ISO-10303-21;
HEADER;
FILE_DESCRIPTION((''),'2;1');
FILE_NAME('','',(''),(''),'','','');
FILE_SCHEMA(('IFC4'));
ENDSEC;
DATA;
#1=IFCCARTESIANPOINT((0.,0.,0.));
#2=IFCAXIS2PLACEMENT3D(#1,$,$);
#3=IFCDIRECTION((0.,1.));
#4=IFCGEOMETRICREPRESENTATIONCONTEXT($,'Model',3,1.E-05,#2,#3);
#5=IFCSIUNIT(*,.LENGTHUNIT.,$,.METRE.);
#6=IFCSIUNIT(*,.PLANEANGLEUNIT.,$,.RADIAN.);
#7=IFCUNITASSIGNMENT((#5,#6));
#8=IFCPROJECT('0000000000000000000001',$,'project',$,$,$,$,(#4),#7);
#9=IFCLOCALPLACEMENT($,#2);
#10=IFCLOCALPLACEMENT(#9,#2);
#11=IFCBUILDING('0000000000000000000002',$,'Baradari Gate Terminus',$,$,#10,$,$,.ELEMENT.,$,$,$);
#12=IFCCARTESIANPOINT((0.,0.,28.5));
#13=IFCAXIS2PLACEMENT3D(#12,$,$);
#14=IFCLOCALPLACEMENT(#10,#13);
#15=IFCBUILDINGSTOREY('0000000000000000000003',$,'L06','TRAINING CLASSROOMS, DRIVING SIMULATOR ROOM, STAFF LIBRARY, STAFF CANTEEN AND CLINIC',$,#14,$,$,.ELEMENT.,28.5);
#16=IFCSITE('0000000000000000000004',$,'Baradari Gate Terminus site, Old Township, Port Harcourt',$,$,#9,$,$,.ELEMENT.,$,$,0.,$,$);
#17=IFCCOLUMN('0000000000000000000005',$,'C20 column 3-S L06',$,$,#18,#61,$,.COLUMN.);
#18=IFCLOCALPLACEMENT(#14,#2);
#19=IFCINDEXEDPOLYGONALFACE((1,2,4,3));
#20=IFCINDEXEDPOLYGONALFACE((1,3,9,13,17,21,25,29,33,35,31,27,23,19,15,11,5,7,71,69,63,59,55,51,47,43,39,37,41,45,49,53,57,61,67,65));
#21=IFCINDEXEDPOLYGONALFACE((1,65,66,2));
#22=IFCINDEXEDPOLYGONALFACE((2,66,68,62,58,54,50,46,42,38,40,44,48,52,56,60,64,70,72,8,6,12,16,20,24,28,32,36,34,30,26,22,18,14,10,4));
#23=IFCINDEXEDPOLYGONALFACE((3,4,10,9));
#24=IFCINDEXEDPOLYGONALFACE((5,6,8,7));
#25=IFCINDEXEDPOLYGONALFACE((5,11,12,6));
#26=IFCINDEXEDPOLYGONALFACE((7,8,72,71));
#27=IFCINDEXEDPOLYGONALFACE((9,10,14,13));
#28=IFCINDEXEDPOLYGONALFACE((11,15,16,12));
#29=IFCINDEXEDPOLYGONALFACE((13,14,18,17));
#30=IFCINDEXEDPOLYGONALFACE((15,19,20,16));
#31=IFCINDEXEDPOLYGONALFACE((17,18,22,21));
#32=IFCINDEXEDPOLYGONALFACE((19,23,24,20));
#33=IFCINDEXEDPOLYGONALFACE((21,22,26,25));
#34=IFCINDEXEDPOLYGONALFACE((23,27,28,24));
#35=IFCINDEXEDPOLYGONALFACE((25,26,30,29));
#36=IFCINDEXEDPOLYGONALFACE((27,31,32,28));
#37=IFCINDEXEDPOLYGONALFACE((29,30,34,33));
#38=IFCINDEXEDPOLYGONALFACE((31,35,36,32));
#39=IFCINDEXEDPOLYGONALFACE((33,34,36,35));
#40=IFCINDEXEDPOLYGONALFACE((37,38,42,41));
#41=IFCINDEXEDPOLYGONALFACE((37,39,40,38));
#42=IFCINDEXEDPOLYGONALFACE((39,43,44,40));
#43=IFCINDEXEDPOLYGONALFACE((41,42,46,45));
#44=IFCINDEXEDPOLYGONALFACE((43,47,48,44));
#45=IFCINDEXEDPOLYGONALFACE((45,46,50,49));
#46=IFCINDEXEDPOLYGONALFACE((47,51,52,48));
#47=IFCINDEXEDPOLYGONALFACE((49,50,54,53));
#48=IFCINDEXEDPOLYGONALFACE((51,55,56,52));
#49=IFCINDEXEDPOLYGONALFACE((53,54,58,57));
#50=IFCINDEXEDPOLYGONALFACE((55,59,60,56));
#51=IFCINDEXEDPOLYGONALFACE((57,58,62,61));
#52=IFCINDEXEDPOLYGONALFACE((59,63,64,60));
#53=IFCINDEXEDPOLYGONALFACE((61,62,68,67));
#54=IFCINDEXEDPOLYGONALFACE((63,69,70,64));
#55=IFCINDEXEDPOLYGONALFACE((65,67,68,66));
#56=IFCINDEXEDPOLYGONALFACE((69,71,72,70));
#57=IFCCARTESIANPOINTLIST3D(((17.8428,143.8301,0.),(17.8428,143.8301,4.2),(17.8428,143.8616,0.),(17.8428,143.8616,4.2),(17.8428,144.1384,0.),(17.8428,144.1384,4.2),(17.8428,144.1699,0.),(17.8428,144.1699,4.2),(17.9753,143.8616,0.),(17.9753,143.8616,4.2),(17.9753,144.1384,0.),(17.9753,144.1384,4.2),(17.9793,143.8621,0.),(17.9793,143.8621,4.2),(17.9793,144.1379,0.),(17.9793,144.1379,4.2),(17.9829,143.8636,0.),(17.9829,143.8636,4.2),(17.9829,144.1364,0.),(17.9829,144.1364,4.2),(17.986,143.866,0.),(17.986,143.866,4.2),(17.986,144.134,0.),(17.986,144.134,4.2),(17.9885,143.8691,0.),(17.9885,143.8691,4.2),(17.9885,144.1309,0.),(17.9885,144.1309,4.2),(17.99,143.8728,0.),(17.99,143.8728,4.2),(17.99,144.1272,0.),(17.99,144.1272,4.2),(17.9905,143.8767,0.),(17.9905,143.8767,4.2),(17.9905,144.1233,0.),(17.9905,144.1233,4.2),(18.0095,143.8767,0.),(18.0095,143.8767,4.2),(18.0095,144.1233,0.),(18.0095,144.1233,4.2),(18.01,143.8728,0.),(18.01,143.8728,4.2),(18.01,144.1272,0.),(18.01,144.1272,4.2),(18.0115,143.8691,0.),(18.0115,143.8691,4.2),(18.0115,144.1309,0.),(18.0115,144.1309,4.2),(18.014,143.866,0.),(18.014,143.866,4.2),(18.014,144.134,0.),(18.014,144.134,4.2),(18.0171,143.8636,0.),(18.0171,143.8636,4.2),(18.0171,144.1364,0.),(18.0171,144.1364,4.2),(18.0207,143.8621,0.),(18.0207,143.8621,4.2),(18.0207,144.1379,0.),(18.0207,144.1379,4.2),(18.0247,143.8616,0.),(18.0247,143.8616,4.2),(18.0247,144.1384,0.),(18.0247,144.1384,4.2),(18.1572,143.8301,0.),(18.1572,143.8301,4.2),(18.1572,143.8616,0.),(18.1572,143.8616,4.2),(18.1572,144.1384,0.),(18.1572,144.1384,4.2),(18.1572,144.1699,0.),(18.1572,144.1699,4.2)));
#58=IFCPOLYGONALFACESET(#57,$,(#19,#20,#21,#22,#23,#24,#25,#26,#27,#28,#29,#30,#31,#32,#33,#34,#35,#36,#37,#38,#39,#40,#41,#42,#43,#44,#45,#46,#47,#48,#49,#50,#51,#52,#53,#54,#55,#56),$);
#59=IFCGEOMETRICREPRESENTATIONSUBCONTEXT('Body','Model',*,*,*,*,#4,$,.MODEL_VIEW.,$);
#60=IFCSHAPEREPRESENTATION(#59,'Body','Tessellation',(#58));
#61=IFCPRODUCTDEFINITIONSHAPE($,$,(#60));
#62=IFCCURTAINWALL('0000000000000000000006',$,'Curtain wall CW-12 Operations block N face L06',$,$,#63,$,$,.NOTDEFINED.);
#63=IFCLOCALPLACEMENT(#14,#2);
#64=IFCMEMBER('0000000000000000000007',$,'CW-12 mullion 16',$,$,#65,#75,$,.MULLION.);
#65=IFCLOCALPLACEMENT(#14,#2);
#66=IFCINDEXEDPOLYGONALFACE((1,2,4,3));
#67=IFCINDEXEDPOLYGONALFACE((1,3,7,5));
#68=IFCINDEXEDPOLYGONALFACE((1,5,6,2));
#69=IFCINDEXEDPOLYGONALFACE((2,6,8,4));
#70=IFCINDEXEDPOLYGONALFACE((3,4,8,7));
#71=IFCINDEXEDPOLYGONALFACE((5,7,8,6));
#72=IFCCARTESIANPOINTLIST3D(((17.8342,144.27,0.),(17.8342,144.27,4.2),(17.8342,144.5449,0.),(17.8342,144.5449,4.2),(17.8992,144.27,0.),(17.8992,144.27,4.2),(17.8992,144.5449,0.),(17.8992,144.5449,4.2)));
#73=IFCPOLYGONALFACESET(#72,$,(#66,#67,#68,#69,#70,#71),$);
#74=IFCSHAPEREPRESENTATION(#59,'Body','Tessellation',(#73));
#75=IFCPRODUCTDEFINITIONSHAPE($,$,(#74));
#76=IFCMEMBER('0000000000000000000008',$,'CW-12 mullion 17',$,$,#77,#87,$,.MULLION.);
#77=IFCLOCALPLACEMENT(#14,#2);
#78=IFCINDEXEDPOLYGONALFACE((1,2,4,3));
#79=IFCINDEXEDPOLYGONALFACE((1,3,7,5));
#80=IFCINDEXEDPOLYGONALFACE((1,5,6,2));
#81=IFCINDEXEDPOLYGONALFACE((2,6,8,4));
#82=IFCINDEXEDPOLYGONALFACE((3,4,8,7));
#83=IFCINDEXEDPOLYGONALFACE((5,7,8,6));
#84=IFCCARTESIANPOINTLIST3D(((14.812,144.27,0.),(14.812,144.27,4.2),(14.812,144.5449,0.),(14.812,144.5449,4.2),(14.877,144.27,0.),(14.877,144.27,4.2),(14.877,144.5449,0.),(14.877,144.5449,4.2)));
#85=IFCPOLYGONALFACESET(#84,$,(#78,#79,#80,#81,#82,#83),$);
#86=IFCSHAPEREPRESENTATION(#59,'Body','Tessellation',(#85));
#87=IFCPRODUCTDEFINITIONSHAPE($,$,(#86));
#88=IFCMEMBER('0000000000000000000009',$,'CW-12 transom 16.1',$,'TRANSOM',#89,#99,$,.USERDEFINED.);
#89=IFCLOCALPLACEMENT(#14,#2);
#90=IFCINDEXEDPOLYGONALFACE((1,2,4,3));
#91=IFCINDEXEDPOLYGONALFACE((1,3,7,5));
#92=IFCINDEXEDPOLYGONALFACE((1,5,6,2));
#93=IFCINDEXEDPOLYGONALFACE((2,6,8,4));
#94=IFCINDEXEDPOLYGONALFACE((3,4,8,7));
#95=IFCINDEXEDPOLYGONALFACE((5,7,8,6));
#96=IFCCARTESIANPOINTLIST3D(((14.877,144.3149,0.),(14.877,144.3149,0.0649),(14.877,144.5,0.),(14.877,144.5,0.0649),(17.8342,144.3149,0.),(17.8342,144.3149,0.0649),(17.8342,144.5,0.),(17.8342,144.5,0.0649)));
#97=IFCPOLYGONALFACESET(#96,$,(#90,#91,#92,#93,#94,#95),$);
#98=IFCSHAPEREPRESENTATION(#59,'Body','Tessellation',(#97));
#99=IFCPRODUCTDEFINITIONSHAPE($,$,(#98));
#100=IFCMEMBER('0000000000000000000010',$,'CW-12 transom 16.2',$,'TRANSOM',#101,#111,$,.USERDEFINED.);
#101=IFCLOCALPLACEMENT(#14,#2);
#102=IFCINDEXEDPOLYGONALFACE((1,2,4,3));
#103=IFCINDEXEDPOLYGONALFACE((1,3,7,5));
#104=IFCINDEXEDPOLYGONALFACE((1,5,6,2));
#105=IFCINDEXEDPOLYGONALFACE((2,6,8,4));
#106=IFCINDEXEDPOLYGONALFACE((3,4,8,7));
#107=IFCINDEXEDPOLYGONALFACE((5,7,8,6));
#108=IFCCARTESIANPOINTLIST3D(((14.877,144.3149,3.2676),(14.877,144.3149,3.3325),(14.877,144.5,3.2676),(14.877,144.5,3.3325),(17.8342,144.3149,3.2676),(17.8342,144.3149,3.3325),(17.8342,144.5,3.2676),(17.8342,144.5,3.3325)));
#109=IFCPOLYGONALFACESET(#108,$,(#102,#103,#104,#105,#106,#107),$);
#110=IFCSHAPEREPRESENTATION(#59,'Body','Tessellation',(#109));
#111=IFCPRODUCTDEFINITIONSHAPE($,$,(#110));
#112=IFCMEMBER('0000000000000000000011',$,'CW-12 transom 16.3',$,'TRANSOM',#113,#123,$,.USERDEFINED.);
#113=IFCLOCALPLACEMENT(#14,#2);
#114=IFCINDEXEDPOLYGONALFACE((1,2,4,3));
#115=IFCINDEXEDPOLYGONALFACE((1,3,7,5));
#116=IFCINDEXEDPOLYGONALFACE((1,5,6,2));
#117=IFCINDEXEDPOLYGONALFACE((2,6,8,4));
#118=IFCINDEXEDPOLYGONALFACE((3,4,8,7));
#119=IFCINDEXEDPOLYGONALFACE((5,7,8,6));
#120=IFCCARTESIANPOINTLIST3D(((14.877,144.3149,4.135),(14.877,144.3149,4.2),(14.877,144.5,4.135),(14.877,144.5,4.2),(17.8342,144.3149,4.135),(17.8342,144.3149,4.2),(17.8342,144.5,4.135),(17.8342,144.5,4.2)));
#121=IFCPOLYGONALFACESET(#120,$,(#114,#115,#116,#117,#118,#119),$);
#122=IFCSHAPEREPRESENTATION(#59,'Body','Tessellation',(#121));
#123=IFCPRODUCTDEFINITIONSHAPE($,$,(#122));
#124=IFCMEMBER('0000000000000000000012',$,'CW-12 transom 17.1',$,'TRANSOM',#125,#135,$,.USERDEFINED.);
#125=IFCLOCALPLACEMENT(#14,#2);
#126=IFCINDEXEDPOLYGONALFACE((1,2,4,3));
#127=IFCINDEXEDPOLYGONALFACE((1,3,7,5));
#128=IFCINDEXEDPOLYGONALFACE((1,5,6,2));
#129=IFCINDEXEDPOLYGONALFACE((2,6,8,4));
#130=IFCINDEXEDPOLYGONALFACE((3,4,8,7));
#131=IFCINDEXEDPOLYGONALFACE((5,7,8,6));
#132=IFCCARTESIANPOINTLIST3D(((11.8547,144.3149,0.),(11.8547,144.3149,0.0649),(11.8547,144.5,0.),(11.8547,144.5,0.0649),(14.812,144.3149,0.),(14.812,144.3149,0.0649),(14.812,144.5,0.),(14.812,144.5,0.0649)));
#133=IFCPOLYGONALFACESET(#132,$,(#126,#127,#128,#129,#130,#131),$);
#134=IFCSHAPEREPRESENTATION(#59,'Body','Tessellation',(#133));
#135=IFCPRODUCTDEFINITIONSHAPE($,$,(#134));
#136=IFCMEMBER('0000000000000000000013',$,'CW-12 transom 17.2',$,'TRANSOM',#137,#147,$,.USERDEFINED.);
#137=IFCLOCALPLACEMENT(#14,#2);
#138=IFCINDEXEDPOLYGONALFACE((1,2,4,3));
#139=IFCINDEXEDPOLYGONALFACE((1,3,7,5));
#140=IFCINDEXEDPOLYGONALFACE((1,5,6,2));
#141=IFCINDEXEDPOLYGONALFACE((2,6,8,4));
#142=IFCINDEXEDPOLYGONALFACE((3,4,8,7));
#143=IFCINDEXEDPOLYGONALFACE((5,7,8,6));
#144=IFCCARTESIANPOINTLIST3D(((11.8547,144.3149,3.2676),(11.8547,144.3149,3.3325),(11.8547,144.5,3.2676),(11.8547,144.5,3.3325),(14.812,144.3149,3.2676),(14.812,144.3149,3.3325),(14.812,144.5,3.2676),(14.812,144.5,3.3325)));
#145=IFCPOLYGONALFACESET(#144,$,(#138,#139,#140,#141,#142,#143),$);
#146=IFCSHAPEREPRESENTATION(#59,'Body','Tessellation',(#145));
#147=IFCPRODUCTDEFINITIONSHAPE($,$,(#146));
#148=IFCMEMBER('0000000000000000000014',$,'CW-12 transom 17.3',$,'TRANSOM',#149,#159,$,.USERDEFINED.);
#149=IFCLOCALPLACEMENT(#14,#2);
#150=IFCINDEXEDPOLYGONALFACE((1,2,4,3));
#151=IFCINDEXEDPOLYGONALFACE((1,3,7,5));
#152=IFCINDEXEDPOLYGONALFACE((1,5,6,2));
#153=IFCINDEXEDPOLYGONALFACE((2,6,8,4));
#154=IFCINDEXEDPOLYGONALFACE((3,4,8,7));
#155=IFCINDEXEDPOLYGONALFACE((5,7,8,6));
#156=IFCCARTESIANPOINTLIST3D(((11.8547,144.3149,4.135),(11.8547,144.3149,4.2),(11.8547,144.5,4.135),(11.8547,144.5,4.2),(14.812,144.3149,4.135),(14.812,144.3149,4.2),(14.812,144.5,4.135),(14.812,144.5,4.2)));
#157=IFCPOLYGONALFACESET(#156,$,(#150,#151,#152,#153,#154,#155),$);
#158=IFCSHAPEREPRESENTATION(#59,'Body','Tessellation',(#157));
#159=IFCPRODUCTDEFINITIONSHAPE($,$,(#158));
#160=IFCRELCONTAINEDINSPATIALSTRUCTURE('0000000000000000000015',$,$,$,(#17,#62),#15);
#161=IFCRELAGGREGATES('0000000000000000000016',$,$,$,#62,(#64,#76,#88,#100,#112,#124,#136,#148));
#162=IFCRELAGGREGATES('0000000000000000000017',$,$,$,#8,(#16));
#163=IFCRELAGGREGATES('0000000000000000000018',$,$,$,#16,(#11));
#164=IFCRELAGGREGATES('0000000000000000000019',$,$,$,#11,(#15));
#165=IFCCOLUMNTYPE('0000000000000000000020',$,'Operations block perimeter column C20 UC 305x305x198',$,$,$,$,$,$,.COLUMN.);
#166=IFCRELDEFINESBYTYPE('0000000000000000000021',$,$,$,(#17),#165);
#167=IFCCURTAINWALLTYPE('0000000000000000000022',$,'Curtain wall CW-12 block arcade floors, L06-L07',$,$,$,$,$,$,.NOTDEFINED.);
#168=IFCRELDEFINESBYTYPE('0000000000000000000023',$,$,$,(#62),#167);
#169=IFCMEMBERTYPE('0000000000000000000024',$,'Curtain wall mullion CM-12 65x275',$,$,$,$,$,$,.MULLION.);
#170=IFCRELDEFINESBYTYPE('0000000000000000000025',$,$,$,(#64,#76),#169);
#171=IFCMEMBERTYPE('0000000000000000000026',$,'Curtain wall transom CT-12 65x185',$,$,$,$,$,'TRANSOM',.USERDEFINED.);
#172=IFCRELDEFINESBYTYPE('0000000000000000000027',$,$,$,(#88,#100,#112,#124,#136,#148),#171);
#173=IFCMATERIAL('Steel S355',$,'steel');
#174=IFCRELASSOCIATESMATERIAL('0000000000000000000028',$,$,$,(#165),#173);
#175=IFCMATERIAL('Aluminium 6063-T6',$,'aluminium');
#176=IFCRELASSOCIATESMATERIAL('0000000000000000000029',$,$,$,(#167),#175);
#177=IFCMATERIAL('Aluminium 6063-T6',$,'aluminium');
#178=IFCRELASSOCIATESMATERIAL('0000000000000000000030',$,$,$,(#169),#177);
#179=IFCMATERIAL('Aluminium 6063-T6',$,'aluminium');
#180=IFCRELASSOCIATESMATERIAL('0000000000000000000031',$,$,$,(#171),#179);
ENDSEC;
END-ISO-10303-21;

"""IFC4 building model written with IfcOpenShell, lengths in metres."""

from ifc_helpers import new_model, si_unit, direction, frame, origin, origin_2d, place, context, subcontext, project, spatial, rectangle, i_section, extrude, material, material_profile, profile_set, type_object, element, aggregate, save


model = new_model("IFC4")

# Units and contexts
model_context = context("Model", 3, precision=1e-05, world=origin(), true_north=direction((0.0, 1.0)))
body_context = subcontext(model_context, "Body", "Model", "MODEL_VIEW")
ifc_project = project(units=[si_unit("LENGTHUNIT", "METRE"), si_unit("PLANEANGLEUNIT", "RADIAN")], contexts=[model_context])

# Site, building, storey
site_placement = place(None, origin())
site = spatial("IfcSite", under=ifc_project, at=site_placement, Name="Baradari Gate Terminus site, Old Township, Port Harcourt", CompositionType="ELEMENT", RefElevation=0.0)
building_placement = place(site_placement, origin())
building = spatial("IfcBuilding", under=site, at=building_placement, Name="Baradari Gate Terminus", CompositionType="ELEMENT")
storey_placement = place(building_placement, frame((0.0, 0.0, 28.5)))
storey = spatial("IfcBuildingStorey", under=building, at=storey_placement, Name="L06", Description="TRAINING CLASSROOMS, DRIVING SIMULATOR ROOM, STAFF LIBRARY, STAFF CANTEEN AND CLINIC", CompositionType="ELEMENT", Elevation=28.5)

# Column
ifc_material_1 = material(Name="Steel S355", Category="steel")
ifc_material_profile_1 = material_profile(ifc_material_1, i_section(OverallWidth=0.3145, OverallDepth=0.3398, WebThickness=0.019, FlangeThickness=0.0315, FilletRadius=0.0151, at=origin_2d()), Name="UC 305x305x198")
ifc_profile_set_1 = profile_set([ifc_material_profile_1], Name="Steel S355")
column_type = type_object("IfcColumnType", Name="Operations block perimeter column C20 UC 305x305x198", PredefinedType="COLUMN", material=ifc_profile_set_1)
column_placement = place(storey_placement, frame((18.0, 144.0, 0.0), z_axis=(0.0, 0.0, 1.0), x_axis=(1.0, 0.0, 0.0)))
element("IfcColumn", 1, at=column_placement, inside=storey, type_object=column_type, Name="C20 column 3-S L06", PredefinedType="COLUMN", context=body_context, shape_type="SweptSolid", body=[
    extrude(i_section(OverallWidth=0.3145, OverallDepth=0.3398, WebThickness=0.019, FlangeThickness=0.0315, FilletRadius=0.0151, at=origin_2d()), origin(), (0.0, 0.0, 1.0), 4.2),
])

# Curtain wall, members
ifc_material_2 = material(Name="Aluminium 6063-T6", Category="aluminium")
curtain_wall_type = type_object("IfcCurtainWallType", Name="Curtain wall CW-12 block arcade floors, L06-L07", PredefinedType="NOTDEFINED", material=ifc_material_2)
curtain_wall_placement = place(storey_placement, origin())
curtain_wall = element("IfcCurtainWall", 2, at=curtain_wall_placement, inside=storey, type_object=curtain_wall_type, Name="Curtain wall CW-12 Operations block N face L06", PredefinedType="NOTDEFINED")
ifc_material_3 = material(Name="Aluminium 6063-T6", Category="aluminium")
ifc_material_profile_2 = material_profile(ifc_material_3, rectangle(XDim=0.2749, YDim=0.0649, at=origin_2d()), Name="CM-12 65X275")
ifc_profile_set_2 = profile_set([ifc_material_profile_2], Name="Aluminium 6063-T6")
member_type_1 = type_object("IfcMemberType", Name="Curtain wall mullion CM-12 65x275", PredefinedType="MULLION", material=ifc_profile_set_2)
member_1_placement = place(storey_placement, frame((17.8667, 144.4075, 0.0), z_axis=(0.0, 0.0, 1.0), x_axis=(0.0, -1.0, 0.0)))
member_1 = element("IfcMember", 3, at=member_1_placement, type_object=member_type_1, Name="CW-12 mullion 16", PredefinedType="MULLION", context=body_context, shape_type="SweptSolid", body=[
    extrude(rectangle(XDim=0.2749, YDim=0.0649, at=origin_2d()), origin(), (0.0, 0.0, 1.0), 4.2),
])
member_2_placement = place(storey_placement, frame((14.8445, 144.4075, 0.0), z_axis=(0.0, 0.0, 1.0), x_axis=(0.0, -1.0, 0.0)))
member_2 = element("IfcMember", 4, at=member_2_placement, type_object=member_type_1, Name="CW-12 mullion 17", PredefinedType="MULLION", context=body_context, shape_type="SweptSolid", body=[
    extrude(rectangle(XDim=0.2749, YDim=0.0649, at=origin_2d()), origin(), (0.0, 0.0, 1.0), 4.2),
])
ifc_material_4 = material(Name="Aluminium 6063-T6", Category="aluminium")
ifc_material_profile_3 = material_profile(ifc_material_4, rectangle(XDim=0.1851, YDim=0.0649, at=origin_2d()), Name="CT-12 65X185")
ifc_profile_set_3 = profile_set([ifc_material_profile_3], Name="Aluminium 6063-T6")
member_type_2 = type_object("IfcMemberType", Name="Curtain wall transom CT-12 65x185", ElementType="TRANSOM", PredefinedType="USERDEFINED", material=ifc_profile_set_3)
member_3_placement = place(storey_placement, frame((17.8342, 144.4075, 0.0325), z_axis=(-1.0, 0.0, 0.0), x_axis=(0.0, -1.0, 0.0)))
member_3 = element("IfcMember", 5, at=member_3_placement, type_object=member_type_2, Name="CW-12 transom 16.1", ObjectType="TRANSOM", PredefinedType="USERDEFINED", context=body_context, shape_type="SweptSolid", body=[
    extrude(rectangle(XDim=0.1851, YDim=0.0649, at=origin_2d()), origin(), (0.0, 0.0, 1.0), 2.9573),
])
member_4_placement = place(storey_placement, frame((17.8342, 144.4075, 3.3), z_axis=(-1.0, 0.0, 0.0), x_axis=(0.0, -1.0, 0.0)))
member_4 = element("IfcMember", 6, at=member_4_placement, type_object=member_type_2, Name="CW-12 transom 16.2", ObjectType="TRANSOM", PredefinedType="USERDEFINED", context=body_context, shape_type="SweptSolid", body=[
    extrude(rectangle(XDim=0.1851, YDim=0.0649, at=origin_2d()), origin(), (0.0, 0.0, 1.0), 2.9573),
])
member_5_placement = place(storey_placement, frame((17.8342, 144.4075, 4.1675), z_axis=(-1.0, 0.0, 0.0), x_axis=(0.0, -1.0, 0.0)))
member_5 = element("IfcMember", 7, at=member_5_placement, type_object=member_type_2, Name="CW-12 transom 16.3", ObjectType="TRANSOM", PredefinedType="USERDEFINED", context=body_context, shape_type="SweptSolid", body=[
    extrude(rectangle(XDim=0.1851, YDim=0.0649, at=origin_2d()), origin(), (0.0, 0.0, 1.0), 2.9573),
])
member_6_placement = place(storey_placement, frame((14.812, 144.4075, 0.0325), z_axis=(-1.0, 0.0, 0.0), x_axis=(0.0, -1.0, 0.0)))
member_6 = element("IfcMember", 8, at=member_6_placement, type_object=member_type_2, Name="CW-12 transom 17.1", ObjectType="TRANSOM", PredefinedType="USERDEFINED", context=body_context, shape_type="SweptSolid", body=[
    extrude(rectangle(XDim=0.1851, YDim=0.0649, at=origin_2d()), origin(), (0.0, 0.0, 1.0), 2.9573),
])
member_7_placement = place(storey_placement, frame((14.812, 144.4075, 3.3), z_axis=(-1.0, 0.0, 0.0), x_axis=(0.0, -1.0, 0.0)))
member_7 = element("IfcMember", 9, at=member_7_placement, type_object=member_type_2, Name="CW-12 transom 17.2", ObjectType="TRANSOM", PredefinedType="USERDEFINED", context=body_context, shape_type="SweptSolid", body=[
    extrude(rectangle(XDim=0.1851, YDim=0.0649, at=origin_2d()), origin(), (0.0, 0.0, 1.0), 2.9573),
])
member_8_placement = place(storey_placement, frame((14.812, 144.4075, 4.1675), z_axis=(-1.0, 0.0, 0.0), x_axis=(0.0, -1.0, 0.0)))
member_8 = element("IfcMember", 10, at=member_8_placement, type_object=member_type_2, Name="CW-12 transom 17.3", ObjectType="TRANSOM", PredefinedType="USERDEFINED", context=body_context, shape_type="SweptSolid", body=[
    extrude(rectangle(XDim=0.1851, YDim=0.0649, at=origin_2d()), origin(), (0.0, 0.0, 1.0), 2.9573),
])

aggregate(curtain_wall, [member_1, member_2, member_3, member_4, member_5, member_6, member_7, member_8])

save(model, "model.ifc")
